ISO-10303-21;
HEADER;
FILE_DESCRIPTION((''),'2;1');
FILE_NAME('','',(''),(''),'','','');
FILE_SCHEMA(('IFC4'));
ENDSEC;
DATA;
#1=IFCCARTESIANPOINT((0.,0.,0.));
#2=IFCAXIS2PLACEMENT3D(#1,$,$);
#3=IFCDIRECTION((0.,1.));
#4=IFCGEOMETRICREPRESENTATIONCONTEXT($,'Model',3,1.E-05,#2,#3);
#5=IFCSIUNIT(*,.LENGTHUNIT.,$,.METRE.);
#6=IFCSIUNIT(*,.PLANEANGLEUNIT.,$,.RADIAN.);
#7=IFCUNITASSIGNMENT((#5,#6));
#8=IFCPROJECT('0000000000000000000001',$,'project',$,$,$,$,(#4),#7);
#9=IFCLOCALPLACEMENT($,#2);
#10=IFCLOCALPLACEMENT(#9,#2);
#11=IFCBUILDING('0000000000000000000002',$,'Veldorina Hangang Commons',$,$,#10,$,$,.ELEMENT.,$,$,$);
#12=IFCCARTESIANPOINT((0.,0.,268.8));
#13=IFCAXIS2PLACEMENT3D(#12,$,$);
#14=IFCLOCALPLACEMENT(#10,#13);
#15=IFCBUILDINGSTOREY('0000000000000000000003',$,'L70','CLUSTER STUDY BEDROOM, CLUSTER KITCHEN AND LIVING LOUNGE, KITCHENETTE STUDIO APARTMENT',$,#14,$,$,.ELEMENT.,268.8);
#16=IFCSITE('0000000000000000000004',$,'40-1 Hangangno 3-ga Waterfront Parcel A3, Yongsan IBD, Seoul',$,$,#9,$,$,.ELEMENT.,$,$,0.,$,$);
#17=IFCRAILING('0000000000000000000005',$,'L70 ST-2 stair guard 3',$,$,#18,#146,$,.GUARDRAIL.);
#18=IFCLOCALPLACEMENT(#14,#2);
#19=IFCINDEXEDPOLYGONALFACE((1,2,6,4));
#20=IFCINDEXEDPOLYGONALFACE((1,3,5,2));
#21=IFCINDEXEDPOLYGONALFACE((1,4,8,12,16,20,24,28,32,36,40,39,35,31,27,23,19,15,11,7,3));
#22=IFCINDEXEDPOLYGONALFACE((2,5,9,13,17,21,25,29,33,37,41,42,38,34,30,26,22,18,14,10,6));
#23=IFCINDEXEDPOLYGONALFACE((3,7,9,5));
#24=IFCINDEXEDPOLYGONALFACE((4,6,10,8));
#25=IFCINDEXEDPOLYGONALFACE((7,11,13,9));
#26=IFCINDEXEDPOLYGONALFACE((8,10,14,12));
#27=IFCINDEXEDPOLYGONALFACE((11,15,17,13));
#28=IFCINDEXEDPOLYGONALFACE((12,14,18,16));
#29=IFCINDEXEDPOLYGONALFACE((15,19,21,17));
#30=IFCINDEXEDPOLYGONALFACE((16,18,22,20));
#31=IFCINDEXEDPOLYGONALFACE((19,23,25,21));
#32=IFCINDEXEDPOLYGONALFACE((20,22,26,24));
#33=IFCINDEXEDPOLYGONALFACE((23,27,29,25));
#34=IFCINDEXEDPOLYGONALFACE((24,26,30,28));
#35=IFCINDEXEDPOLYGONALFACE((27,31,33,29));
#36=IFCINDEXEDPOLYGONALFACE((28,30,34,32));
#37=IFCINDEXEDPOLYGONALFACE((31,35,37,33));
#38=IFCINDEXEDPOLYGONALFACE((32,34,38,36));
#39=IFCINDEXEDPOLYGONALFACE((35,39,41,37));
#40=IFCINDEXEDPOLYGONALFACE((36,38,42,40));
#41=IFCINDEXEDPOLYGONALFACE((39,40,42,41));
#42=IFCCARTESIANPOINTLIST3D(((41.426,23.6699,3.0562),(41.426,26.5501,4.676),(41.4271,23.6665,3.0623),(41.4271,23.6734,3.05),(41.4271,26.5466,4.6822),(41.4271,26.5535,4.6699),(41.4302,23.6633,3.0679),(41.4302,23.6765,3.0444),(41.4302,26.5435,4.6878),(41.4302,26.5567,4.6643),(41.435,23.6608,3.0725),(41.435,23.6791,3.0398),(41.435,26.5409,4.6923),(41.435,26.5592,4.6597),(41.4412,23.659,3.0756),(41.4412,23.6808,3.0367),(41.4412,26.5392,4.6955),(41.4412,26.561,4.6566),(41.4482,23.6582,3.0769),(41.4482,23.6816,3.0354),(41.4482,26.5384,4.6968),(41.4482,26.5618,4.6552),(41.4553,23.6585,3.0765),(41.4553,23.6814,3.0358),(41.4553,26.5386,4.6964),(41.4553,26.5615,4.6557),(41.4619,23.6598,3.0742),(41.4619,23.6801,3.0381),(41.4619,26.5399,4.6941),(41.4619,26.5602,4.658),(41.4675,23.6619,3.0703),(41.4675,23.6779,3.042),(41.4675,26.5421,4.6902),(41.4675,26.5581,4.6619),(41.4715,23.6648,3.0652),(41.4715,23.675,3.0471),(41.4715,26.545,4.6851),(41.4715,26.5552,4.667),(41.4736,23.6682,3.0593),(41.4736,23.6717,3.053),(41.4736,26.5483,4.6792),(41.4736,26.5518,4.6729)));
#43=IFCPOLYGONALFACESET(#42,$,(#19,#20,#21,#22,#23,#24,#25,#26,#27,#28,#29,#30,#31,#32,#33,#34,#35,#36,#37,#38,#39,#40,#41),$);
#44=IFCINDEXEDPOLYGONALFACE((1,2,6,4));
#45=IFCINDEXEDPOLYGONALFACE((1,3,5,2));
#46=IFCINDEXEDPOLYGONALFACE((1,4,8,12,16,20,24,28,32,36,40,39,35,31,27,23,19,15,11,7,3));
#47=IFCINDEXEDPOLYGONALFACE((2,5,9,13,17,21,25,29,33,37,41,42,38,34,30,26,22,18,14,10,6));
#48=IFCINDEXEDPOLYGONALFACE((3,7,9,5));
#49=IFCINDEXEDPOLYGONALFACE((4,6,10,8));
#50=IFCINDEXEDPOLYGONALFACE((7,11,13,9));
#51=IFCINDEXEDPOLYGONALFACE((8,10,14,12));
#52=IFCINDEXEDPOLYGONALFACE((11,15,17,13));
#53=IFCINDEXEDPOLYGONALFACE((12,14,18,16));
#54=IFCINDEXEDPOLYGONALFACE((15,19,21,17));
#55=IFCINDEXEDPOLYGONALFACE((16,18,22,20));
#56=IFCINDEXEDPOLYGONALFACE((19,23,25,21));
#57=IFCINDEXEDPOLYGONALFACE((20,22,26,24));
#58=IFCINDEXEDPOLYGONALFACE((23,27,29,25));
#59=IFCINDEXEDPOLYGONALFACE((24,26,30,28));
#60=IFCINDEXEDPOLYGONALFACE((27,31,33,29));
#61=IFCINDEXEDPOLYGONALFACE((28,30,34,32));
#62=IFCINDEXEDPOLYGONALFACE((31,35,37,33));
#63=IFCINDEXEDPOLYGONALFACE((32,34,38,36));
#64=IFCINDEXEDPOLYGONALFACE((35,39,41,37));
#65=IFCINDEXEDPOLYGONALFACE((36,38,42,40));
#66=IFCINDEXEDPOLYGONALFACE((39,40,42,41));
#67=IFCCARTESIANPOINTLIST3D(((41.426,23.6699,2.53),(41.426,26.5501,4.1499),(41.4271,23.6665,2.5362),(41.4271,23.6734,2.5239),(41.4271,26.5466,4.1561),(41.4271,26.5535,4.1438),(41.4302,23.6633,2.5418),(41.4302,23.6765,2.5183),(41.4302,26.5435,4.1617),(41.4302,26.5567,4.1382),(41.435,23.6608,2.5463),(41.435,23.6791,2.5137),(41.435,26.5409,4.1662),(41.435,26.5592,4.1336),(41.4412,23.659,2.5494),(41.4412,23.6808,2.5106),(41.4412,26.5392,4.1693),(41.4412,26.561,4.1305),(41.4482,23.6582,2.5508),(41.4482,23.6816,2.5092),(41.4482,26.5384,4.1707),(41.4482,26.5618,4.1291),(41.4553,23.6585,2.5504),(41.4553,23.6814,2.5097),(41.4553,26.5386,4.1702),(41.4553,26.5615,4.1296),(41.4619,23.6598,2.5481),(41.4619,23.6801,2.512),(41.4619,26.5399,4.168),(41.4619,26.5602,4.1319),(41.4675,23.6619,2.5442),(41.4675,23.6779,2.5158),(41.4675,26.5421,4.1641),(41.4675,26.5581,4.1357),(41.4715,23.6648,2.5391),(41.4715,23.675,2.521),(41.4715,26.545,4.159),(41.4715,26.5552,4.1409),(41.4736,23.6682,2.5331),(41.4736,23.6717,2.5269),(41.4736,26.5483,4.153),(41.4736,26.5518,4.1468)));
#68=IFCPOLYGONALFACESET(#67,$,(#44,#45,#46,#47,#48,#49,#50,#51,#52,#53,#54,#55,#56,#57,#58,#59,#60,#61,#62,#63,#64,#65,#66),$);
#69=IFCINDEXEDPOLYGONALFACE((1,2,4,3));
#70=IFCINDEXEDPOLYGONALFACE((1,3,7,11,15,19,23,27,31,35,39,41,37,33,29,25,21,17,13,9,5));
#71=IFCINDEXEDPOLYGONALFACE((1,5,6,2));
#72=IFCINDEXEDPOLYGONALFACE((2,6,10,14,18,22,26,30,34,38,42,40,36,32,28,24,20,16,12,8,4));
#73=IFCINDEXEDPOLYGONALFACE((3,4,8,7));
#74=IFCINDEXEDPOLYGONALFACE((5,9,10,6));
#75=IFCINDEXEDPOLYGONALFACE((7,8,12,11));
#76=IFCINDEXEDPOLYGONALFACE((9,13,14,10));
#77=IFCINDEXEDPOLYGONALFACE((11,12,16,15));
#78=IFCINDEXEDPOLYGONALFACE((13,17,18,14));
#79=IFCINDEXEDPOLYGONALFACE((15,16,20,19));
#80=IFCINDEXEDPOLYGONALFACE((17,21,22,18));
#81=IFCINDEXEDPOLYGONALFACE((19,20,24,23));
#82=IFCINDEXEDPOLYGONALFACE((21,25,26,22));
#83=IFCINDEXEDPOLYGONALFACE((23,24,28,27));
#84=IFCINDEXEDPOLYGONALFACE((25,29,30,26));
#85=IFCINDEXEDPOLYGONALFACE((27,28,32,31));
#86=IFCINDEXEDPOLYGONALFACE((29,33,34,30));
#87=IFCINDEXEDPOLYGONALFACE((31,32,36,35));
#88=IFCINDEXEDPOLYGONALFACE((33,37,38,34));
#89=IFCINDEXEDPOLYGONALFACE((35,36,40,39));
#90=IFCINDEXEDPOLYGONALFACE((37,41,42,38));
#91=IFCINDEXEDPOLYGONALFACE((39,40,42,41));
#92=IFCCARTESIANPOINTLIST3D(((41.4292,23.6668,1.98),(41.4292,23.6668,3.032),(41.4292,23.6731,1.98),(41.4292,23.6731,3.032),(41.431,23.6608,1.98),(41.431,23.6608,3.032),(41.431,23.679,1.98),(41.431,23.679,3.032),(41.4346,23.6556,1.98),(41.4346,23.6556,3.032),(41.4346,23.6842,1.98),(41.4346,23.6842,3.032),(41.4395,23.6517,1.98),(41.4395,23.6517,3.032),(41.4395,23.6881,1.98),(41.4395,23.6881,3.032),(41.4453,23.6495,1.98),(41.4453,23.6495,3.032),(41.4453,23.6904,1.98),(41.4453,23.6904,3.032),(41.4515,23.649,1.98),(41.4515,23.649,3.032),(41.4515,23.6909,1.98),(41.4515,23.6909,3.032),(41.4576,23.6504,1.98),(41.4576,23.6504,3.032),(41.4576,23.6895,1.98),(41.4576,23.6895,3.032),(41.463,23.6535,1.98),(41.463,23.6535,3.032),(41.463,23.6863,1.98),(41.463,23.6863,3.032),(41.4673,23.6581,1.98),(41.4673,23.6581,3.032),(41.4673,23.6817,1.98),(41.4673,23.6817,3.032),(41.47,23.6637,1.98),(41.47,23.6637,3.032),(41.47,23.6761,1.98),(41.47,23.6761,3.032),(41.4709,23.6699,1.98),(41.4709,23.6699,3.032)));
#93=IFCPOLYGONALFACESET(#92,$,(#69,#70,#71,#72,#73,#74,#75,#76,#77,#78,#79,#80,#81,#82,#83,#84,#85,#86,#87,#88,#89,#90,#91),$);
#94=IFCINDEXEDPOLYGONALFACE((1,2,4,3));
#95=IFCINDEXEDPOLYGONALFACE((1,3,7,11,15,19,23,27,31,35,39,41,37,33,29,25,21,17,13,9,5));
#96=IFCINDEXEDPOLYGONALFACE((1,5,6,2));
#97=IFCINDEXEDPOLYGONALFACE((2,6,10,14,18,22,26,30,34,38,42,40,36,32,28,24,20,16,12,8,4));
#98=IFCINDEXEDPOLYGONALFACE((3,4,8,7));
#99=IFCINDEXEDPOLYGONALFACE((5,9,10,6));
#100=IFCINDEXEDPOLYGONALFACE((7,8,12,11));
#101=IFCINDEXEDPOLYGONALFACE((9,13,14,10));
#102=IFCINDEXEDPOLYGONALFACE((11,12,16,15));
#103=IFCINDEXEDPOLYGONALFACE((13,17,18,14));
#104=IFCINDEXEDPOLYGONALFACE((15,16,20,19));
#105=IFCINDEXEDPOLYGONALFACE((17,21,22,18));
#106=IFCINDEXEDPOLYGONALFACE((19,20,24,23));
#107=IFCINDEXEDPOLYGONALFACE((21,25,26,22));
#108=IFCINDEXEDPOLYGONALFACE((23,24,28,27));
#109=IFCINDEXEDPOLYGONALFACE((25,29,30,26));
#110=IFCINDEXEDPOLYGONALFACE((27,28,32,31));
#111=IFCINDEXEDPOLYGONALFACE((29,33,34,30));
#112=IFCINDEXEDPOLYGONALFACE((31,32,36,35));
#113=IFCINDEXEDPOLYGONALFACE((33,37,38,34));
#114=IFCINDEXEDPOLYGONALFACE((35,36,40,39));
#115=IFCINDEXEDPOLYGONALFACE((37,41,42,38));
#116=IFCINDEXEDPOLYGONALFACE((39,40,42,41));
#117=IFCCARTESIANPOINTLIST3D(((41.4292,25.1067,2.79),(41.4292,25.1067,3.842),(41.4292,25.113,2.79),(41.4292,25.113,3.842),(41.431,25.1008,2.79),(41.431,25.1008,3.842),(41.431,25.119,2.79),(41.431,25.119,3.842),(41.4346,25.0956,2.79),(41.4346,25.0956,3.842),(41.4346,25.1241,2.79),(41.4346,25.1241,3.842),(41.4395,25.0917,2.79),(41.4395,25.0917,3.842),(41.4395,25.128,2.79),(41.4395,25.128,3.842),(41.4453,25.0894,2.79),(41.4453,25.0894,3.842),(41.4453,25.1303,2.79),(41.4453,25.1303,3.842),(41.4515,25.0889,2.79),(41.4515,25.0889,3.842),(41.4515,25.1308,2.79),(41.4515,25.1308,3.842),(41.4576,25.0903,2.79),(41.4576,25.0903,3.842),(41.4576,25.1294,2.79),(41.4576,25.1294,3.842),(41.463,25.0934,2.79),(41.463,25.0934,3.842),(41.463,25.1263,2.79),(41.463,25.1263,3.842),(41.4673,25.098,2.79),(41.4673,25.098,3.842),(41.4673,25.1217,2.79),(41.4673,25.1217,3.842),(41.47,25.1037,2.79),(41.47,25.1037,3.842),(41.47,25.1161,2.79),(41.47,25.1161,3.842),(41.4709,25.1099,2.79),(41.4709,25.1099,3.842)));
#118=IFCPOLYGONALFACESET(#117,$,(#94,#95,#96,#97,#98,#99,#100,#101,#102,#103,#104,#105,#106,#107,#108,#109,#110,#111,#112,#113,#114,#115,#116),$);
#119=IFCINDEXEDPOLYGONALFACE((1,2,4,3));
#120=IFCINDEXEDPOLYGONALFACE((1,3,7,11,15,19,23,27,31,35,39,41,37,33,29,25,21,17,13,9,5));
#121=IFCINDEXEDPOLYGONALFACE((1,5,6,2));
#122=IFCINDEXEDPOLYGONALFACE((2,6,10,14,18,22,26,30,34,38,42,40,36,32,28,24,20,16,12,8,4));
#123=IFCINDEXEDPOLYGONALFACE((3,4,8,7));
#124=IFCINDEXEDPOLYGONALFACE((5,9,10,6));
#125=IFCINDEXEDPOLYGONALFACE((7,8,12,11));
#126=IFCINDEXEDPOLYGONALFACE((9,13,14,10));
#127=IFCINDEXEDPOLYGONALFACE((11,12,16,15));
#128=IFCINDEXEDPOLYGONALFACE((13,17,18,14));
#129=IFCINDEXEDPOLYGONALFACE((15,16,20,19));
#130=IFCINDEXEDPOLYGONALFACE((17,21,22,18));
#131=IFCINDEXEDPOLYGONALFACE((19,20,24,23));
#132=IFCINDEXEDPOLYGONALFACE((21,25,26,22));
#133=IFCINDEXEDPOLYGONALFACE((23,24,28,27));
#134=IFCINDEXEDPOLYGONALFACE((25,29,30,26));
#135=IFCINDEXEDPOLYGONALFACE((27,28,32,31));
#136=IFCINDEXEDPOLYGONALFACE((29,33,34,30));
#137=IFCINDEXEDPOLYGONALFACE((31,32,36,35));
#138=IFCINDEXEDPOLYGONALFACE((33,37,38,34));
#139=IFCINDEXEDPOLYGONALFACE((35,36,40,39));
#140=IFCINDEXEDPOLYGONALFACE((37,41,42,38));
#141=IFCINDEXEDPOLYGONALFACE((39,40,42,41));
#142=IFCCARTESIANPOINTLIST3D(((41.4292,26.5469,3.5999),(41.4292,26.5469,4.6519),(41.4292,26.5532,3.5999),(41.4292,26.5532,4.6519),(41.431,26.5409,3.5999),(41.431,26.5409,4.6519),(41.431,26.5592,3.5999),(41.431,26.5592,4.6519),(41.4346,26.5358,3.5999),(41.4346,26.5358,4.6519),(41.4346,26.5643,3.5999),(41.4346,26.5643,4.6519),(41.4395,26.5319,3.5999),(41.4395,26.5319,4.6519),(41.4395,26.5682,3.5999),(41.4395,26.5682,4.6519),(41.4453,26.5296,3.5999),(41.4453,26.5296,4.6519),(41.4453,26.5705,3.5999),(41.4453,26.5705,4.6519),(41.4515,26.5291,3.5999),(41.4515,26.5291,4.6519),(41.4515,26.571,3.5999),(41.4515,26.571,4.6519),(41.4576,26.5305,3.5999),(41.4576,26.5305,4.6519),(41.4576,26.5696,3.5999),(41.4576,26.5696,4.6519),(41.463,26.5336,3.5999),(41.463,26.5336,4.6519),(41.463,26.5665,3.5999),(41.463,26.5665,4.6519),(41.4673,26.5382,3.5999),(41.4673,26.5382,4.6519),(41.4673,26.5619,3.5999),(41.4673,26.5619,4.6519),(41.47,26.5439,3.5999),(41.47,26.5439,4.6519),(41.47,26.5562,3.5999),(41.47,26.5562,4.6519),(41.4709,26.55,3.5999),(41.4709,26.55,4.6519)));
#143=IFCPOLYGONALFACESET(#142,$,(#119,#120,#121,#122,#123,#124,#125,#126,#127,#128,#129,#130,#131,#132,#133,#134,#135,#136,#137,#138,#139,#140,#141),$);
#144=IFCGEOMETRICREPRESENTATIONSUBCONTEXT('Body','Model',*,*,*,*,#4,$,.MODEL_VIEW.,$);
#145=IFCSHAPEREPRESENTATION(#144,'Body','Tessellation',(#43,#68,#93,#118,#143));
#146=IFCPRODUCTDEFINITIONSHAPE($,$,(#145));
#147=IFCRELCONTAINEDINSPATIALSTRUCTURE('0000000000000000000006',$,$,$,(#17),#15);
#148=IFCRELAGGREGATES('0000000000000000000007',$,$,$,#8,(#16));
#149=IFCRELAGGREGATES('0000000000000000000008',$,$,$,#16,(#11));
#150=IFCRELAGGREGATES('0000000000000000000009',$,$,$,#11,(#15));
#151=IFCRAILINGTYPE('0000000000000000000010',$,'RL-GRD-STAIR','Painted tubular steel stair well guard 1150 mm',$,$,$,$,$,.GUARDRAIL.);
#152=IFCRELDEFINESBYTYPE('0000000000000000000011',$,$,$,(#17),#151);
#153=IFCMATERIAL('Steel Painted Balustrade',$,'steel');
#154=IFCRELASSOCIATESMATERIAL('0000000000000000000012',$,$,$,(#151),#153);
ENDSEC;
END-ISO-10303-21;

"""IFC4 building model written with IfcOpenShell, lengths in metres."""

from ifc_helpers import new_model, si_unit, direction, frame, origin, origin_2d, place, context, subcontext, project, spatial, circle, extrude, material, type_object, element, save


model = new_model("IFC4")

# Units and contexts
model_context = context("Model", 3, precision=1e-05, world=origin(), true_north=direction((0.0, 1.0)))
body_context = subcontext(model_context, "Body", "Model", "MODEL_VIEW")
ifc_project = project(units=[si_unit("LENGTHUNIT", "METRE"), si_unit("PLANEANGLEUNIT", "RADIAN")], contexts=[model_context])

# Site, building, storey
site_placement = place(None, origin())
site = spatial("IfcSite", under=ifc_project, at=site_placement, Name="40-1 Hangangno 3-ga Waterfront Parcel A3, Yongsan IBD, Seoul", CompositionType="ELEMENT", RefElevation=0.0)
building_placement = place(site_placement, origin())
building = spatial("IfcBuilding", under=site, at=building_placement, Name="Veldorina Hangang Commons", CompositionType="ELEMENT")
storey_placement = place(building_placement, frame((0.0, 0.0, 268.8)))
storey = spatial("IfcBuildingStorey", under=building, at=storey_placement, Name="L70", Description="CLUSTER STUDY BEDROOM, CLUSTER KITCHEN AND LIVING LOUNGE, KITCHENETTE STUDIO APARTMENT", CompositionType="ELEMENT", Elevation=268.8)

# Railing
ifc_material_1 = material(Name="Steel Painted Balustrade", Category="steel")
railing_type_1 = type_object("IfcRailingType", Name="RL-GRD-STAIR", Description="Painted tubular steel stair well guard 1150 mm", PredefinedType="GUARDRAIL", material=ifc_material_1)
railing_1_placement = place(storey_placement, frame((41.45, 23.6699, 1.98)))
element("IfcRailing", 1, at=railing_1_placement, inside=storey, type_object=railing_type_1, Name="L70 ST-2 stair guard 3", PredefinedType="GUARDRAIL", context=body_context, shape_type="SweptSolid", body=[
    extrude(circle(Radius=0.0239, at=origin_2d()), frame((0.0, 0.0, 1.0762), z_axis=(0.0, 0.871601, 0.490216), x_axis=(-1.0, 0.0, 0.0)), (0.0, 0.0, 1.0), 3.3044),
    extrude(circle(Radius=0.0239, at=origin_2d()), frame((0.0, 0.0, 0.55), z_axis=(0.0, 0.871601, 0.490216), x_axis=(-1.0, 0.0, 0.0)), (0.0, 0.0, 1.0), 3.3044),
    extrude(circle(Radius=0.021, at=origin_2d()), origin(), (0.0, 0.0, 1.0), 1.052),
    extrude(circle(Radius=0.021, at=origin_2d()), frame((0.0, 1.4399, 0.8101)), (0.0, 0.0, 1.0), 1.052),
    extrude(circle(Radius=0.021, at=origin_2d()), frame((0.0, 2.8801, 1.6199)), (0.0, 0.0, 1.0), 1.052),
])

save(model, "model.ifc")
